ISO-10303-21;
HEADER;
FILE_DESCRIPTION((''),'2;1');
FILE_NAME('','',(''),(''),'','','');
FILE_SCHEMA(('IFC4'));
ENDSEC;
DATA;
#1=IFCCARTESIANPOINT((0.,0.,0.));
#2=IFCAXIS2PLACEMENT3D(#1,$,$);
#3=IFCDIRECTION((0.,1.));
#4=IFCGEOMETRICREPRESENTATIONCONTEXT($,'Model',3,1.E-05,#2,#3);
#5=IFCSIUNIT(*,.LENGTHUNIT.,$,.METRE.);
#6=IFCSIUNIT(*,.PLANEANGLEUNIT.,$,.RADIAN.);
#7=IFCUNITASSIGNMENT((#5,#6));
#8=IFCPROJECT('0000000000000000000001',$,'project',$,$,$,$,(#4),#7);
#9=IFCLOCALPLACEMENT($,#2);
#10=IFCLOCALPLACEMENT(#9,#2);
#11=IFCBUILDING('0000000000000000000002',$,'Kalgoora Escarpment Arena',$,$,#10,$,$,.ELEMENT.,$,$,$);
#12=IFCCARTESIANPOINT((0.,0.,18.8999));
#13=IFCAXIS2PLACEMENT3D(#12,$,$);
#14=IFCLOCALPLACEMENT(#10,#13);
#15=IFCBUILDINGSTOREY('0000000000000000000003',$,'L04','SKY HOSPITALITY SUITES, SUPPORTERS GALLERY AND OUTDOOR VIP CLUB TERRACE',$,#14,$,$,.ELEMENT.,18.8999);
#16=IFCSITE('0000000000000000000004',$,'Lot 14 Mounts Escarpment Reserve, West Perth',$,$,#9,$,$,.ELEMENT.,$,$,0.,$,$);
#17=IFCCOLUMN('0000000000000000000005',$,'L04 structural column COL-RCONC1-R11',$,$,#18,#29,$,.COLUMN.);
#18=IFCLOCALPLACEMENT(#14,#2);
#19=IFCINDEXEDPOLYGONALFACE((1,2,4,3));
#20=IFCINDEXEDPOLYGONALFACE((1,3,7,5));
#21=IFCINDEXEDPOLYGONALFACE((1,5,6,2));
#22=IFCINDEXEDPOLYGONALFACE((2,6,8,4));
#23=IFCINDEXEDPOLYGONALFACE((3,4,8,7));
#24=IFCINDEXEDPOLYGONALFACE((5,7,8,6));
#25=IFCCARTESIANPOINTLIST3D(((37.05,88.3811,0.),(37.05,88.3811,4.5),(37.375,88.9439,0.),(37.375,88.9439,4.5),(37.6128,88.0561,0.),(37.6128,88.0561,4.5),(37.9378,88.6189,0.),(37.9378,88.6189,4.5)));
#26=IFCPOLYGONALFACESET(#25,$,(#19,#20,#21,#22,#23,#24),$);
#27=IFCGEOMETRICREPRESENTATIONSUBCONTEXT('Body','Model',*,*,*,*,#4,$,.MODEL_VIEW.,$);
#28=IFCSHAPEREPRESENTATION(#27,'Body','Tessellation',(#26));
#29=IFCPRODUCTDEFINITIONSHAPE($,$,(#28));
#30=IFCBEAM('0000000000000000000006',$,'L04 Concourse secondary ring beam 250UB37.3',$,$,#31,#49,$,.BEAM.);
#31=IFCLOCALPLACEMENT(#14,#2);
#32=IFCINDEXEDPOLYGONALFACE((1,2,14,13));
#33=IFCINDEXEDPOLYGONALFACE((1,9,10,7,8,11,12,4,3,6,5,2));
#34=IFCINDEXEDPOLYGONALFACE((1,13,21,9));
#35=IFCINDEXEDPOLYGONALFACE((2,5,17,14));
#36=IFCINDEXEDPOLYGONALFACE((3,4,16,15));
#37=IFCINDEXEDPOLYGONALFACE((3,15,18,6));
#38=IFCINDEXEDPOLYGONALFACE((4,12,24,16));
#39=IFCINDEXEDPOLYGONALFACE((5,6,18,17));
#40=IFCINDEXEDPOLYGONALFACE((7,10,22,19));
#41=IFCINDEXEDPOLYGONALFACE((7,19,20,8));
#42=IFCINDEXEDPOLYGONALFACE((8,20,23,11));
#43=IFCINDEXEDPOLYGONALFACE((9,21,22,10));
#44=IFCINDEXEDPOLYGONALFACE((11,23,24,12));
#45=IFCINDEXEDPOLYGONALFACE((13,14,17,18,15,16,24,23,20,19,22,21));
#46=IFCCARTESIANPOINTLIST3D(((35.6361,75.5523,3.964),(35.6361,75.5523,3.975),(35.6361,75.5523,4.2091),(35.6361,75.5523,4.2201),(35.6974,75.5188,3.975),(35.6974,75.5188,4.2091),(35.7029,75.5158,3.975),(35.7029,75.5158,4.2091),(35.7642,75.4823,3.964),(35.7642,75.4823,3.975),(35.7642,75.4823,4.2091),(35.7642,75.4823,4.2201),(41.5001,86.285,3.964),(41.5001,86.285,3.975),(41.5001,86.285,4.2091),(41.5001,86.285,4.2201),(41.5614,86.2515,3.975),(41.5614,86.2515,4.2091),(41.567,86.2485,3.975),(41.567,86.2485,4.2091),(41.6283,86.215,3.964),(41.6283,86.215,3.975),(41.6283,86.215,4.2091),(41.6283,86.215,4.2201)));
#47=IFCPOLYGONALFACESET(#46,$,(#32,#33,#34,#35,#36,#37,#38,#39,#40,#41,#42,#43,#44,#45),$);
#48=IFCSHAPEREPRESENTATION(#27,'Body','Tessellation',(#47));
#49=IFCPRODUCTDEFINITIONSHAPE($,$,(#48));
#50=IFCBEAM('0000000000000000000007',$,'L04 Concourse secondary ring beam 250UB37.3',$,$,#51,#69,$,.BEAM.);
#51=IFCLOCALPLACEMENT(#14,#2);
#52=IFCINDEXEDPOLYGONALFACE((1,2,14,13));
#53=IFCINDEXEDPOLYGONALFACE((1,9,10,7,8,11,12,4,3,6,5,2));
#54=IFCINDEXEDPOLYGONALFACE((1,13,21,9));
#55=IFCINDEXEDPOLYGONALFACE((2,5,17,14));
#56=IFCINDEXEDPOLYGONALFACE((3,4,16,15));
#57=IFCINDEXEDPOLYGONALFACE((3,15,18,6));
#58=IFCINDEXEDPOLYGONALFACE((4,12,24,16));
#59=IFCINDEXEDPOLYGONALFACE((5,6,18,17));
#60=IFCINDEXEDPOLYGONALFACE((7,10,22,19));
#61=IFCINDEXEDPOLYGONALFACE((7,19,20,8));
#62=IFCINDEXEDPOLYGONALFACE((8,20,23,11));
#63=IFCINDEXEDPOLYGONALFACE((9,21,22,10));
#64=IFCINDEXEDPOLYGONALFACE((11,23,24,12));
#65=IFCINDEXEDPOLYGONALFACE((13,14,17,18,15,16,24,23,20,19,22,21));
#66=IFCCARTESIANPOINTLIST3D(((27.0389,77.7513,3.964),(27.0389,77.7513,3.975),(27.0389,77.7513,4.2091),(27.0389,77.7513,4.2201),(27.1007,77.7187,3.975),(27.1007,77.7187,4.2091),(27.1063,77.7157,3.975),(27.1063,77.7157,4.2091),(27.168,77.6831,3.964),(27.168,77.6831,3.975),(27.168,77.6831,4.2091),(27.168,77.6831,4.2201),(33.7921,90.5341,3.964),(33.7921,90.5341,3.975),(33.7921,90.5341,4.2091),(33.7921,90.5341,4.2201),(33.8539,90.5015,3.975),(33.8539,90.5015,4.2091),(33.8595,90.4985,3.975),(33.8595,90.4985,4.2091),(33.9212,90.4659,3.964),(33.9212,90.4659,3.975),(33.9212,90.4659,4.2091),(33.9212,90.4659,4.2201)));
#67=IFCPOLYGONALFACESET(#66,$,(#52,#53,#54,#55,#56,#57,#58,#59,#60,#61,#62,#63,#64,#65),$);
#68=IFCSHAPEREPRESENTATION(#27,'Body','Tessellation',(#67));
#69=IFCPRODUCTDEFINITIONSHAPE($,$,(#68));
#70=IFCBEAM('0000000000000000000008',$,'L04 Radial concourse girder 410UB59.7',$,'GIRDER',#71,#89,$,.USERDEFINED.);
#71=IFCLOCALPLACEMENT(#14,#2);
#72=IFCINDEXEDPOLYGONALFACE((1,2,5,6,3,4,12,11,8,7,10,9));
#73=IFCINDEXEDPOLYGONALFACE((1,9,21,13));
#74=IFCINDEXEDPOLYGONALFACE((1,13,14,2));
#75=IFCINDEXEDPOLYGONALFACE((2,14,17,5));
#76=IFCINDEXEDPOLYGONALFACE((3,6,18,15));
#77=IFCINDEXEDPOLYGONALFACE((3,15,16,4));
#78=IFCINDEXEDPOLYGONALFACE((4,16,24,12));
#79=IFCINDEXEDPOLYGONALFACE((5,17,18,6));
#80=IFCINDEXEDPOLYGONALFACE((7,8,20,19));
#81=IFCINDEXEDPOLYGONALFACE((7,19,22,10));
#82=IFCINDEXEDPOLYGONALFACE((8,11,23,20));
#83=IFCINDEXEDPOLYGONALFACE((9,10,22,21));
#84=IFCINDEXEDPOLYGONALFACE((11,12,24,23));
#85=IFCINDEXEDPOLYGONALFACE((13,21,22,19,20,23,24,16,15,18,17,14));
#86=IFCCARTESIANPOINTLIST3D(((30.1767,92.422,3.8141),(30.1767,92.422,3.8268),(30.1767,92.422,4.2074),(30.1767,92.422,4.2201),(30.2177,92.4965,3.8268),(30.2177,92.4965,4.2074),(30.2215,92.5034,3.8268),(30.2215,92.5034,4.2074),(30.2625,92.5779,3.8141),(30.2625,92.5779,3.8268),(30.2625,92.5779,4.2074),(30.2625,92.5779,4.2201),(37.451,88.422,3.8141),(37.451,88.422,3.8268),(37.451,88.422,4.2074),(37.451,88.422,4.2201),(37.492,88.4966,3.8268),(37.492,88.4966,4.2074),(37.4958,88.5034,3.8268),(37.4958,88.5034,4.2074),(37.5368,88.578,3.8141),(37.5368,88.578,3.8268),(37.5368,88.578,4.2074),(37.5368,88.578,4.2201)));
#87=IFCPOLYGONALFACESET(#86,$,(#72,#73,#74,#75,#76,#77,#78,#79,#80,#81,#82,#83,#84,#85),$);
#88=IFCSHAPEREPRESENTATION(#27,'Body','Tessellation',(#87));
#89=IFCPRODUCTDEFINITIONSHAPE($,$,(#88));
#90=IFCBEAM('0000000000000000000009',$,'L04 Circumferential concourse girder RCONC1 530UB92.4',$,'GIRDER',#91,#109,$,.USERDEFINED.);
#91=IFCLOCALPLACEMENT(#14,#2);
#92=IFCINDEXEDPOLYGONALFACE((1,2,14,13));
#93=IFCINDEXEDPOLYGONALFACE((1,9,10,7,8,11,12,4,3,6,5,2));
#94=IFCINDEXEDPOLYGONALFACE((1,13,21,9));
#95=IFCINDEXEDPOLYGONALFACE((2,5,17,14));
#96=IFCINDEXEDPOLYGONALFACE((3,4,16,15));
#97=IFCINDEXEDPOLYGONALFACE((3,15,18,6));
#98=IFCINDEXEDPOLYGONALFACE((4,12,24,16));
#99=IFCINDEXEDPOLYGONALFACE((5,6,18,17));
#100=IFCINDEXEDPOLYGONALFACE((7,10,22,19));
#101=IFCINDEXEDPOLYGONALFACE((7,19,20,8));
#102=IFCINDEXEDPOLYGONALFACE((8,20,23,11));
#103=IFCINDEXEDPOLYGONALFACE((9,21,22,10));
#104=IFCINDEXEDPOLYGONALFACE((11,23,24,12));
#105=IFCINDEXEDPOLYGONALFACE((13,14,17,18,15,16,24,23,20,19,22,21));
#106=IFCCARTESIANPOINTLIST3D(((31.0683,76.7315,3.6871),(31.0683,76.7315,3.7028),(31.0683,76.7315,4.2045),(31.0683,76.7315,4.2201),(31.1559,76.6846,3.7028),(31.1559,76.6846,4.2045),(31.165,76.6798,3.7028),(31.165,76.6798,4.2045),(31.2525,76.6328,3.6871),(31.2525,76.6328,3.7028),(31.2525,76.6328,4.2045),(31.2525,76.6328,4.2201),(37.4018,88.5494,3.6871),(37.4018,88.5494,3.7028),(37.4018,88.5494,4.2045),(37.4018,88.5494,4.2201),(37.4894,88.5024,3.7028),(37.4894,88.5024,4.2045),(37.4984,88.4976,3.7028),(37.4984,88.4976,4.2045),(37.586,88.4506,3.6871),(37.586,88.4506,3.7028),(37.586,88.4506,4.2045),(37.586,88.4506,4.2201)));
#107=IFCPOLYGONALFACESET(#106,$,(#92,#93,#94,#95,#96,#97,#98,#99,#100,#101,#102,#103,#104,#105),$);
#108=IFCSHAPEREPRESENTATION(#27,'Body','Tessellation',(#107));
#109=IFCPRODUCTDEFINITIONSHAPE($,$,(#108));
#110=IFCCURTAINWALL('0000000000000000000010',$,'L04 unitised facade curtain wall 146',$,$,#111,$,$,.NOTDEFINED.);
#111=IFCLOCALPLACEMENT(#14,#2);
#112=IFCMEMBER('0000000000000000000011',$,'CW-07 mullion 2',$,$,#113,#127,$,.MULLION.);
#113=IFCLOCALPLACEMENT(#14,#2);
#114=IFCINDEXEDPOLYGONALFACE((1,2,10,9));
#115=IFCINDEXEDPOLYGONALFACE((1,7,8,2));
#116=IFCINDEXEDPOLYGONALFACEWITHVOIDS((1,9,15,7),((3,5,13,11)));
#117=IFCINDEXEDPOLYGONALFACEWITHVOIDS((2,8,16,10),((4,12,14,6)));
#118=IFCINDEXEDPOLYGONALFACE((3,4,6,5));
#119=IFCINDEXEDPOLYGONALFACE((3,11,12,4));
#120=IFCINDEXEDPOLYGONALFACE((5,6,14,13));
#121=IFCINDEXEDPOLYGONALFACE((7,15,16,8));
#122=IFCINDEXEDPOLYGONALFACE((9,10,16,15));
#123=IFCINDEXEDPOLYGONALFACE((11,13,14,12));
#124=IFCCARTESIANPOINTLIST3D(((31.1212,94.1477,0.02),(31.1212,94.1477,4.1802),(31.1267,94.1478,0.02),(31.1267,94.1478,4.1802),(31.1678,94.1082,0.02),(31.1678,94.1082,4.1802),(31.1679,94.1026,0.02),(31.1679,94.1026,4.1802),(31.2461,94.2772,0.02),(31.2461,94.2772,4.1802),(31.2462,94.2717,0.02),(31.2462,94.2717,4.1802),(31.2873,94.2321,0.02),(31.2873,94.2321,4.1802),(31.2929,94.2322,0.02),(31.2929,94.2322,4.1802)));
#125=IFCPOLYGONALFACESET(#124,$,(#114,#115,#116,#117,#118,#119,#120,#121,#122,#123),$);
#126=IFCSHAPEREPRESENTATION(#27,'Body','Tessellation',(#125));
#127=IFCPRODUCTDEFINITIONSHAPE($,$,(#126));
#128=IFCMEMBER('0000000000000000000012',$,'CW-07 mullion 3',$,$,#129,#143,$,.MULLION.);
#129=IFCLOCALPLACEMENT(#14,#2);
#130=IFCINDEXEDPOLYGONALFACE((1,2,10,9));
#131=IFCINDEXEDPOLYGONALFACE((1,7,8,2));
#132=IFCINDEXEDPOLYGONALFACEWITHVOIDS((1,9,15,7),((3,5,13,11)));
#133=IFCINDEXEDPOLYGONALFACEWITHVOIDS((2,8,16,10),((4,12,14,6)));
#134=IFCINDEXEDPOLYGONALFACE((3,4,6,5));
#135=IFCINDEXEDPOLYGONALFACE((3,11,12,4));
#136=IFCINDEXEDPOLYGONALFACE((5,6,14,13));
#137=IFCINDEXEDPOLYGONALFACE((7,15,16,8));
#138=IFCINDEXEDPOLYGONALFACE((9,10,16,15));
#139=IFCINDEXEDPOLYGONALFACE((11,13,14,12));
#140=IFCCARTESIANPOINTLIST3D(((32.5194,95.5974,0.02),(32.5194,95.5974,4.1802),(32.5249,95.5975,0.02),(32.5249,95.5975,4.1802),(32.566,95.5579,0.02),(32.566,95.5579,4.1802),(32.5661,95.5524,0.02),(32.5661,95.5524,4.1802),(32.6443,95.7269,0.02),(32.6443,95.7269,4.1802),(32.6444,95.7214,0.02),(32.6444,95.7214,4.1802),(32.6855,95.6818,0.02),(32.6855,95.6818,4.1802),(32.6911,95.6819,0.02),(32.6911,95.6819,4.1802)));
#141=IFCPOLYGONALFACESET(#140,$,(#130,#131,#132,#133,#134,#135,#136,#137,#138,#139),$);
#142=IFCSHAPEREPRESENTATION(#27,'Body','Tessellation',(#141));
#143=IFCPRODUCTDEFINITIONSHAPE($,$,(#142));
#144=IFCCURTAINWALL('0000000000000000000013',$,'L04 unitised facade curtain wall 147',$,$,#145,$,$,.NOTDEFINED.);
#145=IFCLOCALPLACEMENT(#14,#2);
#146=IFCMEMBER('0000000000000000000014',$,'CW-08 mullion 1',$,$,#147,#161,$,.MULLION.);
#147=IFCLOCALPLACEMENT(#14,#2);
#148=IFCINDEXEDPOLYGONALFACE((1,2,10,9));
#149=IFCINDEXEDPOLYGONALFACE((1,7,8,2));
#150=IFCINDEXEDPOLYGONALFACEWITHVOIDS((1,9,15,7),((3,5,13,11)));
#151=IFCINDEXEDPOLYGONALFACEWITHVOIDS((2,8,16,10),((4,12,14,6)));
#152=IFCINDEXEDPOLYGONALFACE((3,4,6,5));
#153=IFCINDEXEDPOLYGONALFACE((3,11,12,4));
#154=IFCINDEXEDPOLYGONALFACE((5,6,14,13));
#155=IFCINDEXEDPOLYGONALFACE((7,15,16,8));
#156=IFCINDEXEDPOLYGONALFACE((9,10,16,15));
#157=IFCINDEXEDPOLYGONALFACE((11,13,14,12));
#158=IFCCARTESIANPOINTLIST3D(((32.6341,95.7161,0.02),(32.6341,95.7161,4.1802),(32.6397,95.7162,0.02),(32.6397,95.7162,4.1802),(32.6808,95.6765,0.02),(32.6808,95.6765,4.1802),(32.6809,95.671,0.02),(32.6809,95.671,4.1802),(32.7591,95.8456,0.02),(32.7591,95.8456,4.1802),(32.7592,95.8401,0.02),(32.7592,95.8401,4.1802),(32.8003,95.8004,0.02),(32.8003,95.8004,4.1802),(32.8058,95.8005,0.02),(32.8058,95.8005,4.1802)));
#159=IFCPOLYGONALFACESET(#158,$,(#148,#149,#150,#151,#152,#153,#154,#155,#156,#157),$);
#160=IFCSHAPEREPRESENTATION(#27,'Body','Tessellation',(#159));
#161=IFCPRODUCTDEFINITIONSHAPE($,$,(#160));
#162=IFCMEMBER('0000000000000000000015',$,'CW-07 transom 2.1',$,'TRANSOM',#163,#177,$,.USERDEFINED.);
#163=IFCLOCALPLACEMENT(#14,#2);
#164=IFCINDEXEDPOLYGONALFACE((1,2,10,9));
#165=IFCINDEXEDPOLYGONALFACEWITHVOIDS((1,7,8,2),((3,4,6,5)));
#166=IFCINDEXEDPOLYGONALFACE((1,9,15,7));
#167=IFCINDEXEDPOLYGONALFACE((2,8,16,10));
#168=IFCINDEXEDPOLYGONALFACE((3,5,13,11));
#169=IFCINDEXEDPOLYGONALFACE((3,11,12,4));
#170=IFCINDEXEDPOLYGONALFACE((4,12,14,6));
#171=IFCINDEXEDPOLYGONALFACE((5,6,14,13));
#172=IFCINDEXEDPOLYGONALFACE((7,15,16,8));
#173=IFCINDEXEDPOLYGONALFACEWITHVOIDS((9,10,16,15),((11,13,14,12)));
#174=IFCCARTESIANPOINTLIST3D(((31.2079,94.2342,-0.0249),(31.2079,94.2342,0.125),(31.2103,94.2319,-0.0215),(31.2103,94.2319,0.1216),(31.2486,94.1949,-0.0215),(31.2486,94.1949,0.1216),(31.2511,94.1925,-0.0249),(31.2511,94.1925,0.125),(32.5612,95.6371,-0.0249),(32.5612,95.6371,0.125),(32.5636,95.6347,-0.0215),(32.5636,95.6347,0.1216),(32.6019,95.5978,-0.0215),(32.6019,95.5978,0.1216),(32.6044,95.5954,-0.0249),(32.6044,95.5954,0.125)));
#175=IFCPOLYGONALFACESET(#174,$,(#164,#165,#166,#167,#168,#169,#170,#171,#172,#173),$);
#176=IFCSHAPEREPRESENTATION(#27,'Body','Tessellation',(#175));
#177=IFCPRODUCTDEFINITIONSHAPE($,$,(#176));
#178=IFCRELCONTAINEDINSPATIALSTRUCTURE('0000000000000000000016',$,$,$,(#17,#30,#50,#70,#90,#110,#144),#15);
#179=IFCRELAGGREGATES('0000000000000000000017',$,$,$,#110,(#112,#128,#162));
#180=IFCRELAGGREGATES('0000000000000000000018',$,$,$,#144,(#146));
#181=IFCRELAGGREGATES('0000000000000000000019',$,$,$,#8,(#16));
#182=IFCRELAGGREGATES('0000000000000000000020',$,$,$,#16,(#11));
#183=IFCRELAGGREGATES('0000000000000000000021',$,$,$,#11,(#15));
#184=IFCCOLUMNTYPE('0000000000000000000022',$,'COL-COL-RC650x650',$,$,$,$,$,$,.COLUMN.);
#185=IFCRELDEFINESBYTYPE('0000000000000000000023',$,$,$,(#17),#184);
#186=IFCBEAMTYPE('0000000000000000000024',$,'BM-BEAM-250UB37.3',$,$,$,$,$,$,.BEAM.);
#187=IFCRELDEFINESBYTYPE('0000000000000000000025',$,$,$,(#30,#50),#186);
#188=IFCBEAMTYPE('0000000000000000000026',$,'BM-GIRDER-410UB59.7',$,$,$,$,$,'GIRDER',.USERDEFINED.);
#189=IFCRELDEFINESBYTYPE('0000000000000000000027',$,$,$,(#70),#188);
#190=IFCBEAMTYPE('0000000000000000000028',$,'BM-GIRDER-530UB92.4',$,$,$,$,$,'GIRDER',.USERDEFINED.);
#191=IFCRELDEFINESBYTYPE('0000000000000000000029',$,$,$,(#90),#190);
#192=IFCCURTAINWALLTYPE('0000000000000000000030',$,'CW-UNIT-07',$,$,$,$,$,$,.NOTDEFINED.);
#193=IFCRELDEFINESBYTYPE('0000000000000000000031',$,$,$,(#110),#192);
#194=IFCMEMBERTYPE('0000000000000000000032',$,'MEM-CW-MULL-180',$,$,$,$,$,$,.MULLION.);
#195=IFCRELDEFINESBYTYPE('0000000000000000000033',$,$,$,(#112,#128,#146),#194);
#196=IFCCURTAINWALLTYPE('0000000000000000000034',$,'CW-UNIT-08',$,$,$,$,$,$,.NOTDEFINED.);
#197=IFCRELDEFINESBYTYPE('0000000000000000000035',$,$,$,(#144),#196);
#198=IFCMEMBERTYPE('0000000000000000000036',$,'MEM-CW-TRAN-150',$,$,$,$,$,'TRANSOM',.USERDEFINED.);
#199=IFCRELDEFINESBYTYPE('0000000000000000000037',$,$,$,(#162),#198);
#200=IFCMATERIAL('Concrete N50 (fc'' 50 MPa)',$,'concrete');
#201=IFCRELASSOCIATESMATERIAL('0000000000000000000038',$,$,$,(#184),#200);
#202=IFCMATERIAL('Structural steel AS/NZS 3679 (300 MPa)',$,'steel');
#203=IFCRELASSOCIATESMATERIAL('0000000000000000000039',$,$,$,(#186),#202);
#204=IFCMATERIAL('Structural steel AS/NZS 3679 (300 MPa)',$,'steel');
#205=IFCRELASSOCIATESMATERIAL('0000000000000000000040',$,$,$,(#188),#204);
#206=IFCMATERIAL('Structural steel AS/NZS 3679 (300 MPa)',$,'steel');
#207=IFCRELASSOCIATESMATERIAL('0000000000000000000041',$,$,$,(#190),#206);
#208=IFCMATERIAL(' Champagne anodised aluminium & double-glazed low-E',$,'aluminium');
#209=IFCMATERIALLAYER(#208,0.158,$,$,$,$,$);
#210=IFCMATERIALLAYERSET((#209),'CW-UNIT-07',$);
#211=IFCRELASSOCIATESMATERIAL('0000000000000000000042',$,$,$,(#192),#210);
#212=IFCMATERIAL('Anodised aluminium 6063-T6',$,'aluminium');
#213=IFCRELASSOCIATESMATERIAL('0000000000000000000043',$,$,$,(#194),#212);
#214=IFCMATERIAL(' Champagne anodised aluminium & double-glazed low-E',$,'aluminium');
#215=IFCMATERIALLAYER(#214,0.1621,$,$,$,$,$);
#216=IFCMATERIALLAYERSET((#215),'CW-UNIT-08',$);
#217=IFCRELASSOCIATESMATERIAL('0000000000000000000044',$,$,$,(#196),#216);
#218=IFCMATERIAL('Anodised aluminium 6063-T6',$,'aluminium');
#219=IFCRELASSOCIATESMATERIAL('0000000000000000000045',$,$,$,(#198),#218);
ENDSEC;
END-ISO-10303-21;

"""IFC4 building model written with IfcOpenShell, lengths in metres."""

from ifc_helpers import new_model, si_unit, direction, frame, origin, origin_2d, place, context, subcontext, project, spatial, rectangle, hollow_rectangle, i_section, extrude, material, layer, layer_set, material_profile, profile_set, type_object, element, aggregate, save


model = new_model("IFC4")

# Units and contexts
model_context = context("Model", 3, precision=1e-05, world=origin(), true_north=direction((0.0, 1.0)))
body_context = subcontext(model_context, "Body", "Model", "MODEL_VIEW")
ifc_project = project(units=[si_unit("LENGTHUNIT", "METRE"), si_unit("PLANEANGLEUNIT", "RADIAN")], contexts=[model_context])

# Site, building, storey
site_placement = place(None, origin())
site = spatial("IfcSite", under=ifc_project, at=site_placement, Name="Lot 14 Mounts Escarpment Reserve, West Perth", CompositionType="ELEMENT", RefElevation=0.0)
building_placement = place(site_placement, origin())
building = spatial("IfcBuilding", under=site, at=building_placement, Name="Kalgoora Escarpment Arena", CompositionType="ELEMENT")
storey_placement = place(building_placement, frame((0.0, 0.0, 18.8999)))
storey = spatial("IfcBuildingStorey", under=building, at=storey_placement, Name="L04", Description="SKY HOSPITALITY SUITES, SUPPORTERS GALLERY AND OUTDOOR VIP CLUB TERRACE", CompositionType="ELEMENT", Elevation=18.8999)

# Column
ifc_material_1 = material(Name="Concrete N50 (fc' 50 MPa)", Category="concrete")
ifc_material_profile_1 = material_profile(ifc_material_1, rectangle(XDim=0.6499, YDim=0.6499, at=origin_2d()))
ifc_profile_set_1 = profile_set([ifc_material_profile_1], Name="Concrete N50 (fc' 50 MPa)")
column_type = type_object("IfcColumnType", Name="COL-COL-RC650x650", PredefinedType="COLUMN", material=ifc_profile_set_1)
column_placement = place(storey_placement, frame((37.4939, 88.5, 0.0), z_axis=(0.0, 0.0, 1.0), x_axis=(-0.866025, 0.5, 0.0)))
element("IfcColumn", 1, at=column_placement, inside=storey, type_object=column_type, Name="L04 structural column COL-RCONC1-R11", PredefinedType="COLUMN", context=body_context, shape_type="SweptSolid", body=[
    extrude(rectangle(XDim=0.6499, YDim=0.6499, at=origin_2d()), origin(), (0.0, 0.0, 1.0), 4.5),
])

# Beams
ifc_material_2 = material(Name="Structural steel AS/NZS 3679 (300 MPa)", Category="steel")
ifc_material_profile_2 = material_profile(ifc_material_2, i_section(OverallWidth=0.146, OverallDepth=0.2561, WebThickness=0.0063, FlangeThickness=0.011, at=origin_2d()))
ifc_profile_set_2 = profile_set([ifc_material_profile_2], Name="Structural steel AS/NZS 3679 (300 MPa)")
beam_type_1 = type_object("IfcBeamType", Name="BM-BEAM-250UB37.3", PredefinedType="BEAM", material=ifc_profile_set_2)
beam_1_placement = place(storey_placement, frame((41.5642, 86.25, 4.092), z_axis=(-0.479472, -0.877557, 0.0), x_axis=(0.877557, -0.479472, 0.0)))
element("IfcBeam", 2, at=beam_1_placement, inside=storey, type_object=beam_type_1, Name="L04 Concourse secondary ring beam 250UB37.3", PredefinedType="BEAM", context=body_context, shape_type="SweptSolid", body=[
    extrude(i_section(OverallWidth=0.146, OverallDepth=0.2561, WebThickness=0.0063, FlangeThickness=0.011, at=origin_2d()), origin(), (0.0, 0.0, 1.0), 12.2302),
])
beam_2_placement = place(storey_placement, frame((33.8567, 90.5, 4.092), z_axis=(-0.467123, -0.884192, 0.0), x_axis=(0.884192, -0.467123, 0.0)))
element("IfcBeam", 3, at=beam_2_placement, inside=storey, type_object=beam_type_1, Name="L04 Concourse secondary ring beam 250UB37.3", PredefinedType="BEAM", context=body_context, shape_type="SweptSolid", body=[
    extrude(i_section(OverallWidth=0.146, OverallDepth=0.2561, WebThickness=0.0063, FlangeThickness=0.011, at=origin_2d()), origin(), (0.0, 0.0, 1.0), 14.457),
])
ifc_material_3 = material(Name="Structural steel AS/NZS 3679 (300 MPa)", Category="steel")
ifc_material_profile_3 = material_profile(ifc_material_3, i_section(OverallWidth=0.178, OverallDepth=0.406, WebThickness=0.0078, FlangeThickness=0.0127, at=origin_2d()))
ifc_profile_set_3 = profile_set([ifc_material_profile_3], Name="Structural steel AS/NZS 3679 (300 MPa)")
beam_type_2 = type_object("IfcBeamType", Name="BM-GIRDER-410UB59.7", ElementType="GIRDER", PredefinedType="USERDEFINED", material=ifc_profile_set_3)
beam_3_placement = place(storey_placement, frame((37.4939, 88.5, 4.0171), z_axis=(-0.876263, 0.481833, 0.0), x_axis=(-0.481833, -0.876263, 0.0)))
element("IfcBeam", 4, at=beam_3_placement, inside=storey, type_object=beam_type_2, Name="L04 Radial concourse girder 410UB59.7", ObjectType="GIRDER", PredefinedType="USERDEFINED", context=body_context, shape_type="SweptSolid", body=[
    extrude(i_section(OverallWidth=0.178, OverallDepth=0.406, WebThickness=0.0078, FlangeThickness=0.0127, at=origin_2d()), origin(), (0.0, 0.0, 1.0), 8.3015),
])
ifc_material_4 = material(Name="Structural steel AS/NZS 3679 (300 MPa)", Category="steel")
ifc_material_profile_4 = material_profile(ifc_material_4, i_section(OverallWidth=0.209, OverallDepth=0.533, WebThickness=0.0103, FlangeThickness=0.0156, at=origin_2d()))
ifc_profile_set_4 = profile_set([ifc_material_profile_4], Name="Structural steel AS/NZS 3679 (300 MPa)")
beam_type_3 = type_object("IfcBeamType", Name="BM-GIRDER-530UB92.4", ElementType="GIRDER", PredefinedType="USERDEFINED", material=ifc_profile_set_4)
beam_4_placement = place(storey_placement, frame((37.4939, 88.5, 3.9536), z_axis=(-0.472366, -0.881403, 0.0), x_axis=(0.881403, -0.472366, 0.0)))
element("IfcBeam", 5, at=beam_4_placement, inside=storey, type_object=beam_type_3, Name="L04 Circumferential concourse girder RCONC1 530UB92.4", ObjectType="GIRDER", PredefinedType="USERDEFINED", context=body_context, shape_type="SweptSolid", body=[
    extrude(i_section(OverallWidth=0.209, OverallDepth=0.533, WebThickness=0.0103, FlangeThickness=0.0156, at=origin_2d()), origin(), (0.0, 0.0, 1.0), 13.408),
])

# Curtain wall, members
ifc_material_5 = material(Name=" Champagne anodised aluminium & double-glazed low-E", Category="aluminium")
ifc_layer_1 = layer(ifc_material_5, 0.158)
ifc_layer_set_1 = layer_set([ifc_layer_1], Name="CW-UNIT-07")
curtain_wall_type_1 = type_object("IfcCurtainWallType", Name="CW-UNIT-07", PredefinedType="NOTDEFINED", material=ifc_layer_set_1)
curtain_wall_1_placement = place(storey_placement, origin())
curtain_wall_1 = element("IfcCurtainWall", 6, at=curtain_wall_1_placement, inside=storey, type_object=curtain_wall_type_1, Name="L04 unitised facade curtain wall 146", PredefinedType="NOTDEFINED")
ifc_material_6 = material(Name="Anodised aluminium 6063-T6", Category="aluminium")
ifc_material_profile_5 = material_profile(ifc_material_6, hollow_rectangle(XDim=0.0649, YDim=0.1799, WallThickness=0.0039, at=origin_2d()))
ifc_profile_set_5 = profile_set([ifc_material_profile_5], Name="Anodised aluminium 6063-T6")
member_type_1 = type_object("IfcMemberType", Name="MEM-CW-MULL-180", PredefinedType="MULLION", material=ifc_profile_set_5)
member_1_placement = place(storey_placement, frame((31.207, 94.1899, 0.02), z_axis=(0.0, 0.0, 1.0), x_axis=(-0.71978, 0.694202, 0.0)))
member_1 = element("IfcMember", 7, at=member_1_placement, type_object=member_type_1, Name="CW-07 mullion 2", PredefinedType="MULLION", context=body_context, shape_type="SweptSolid", body=[
    extrude(hollow_rectangle(XDim=0.0649, YDim=0.1799, WallThickness=0.0039, at=origin_2d()), origin(), (0.0, 0.0, 1.0), 4.1602),
])
member_2_placement = place(storey_placement, frame((32.6052, 95.6396, 0.02), z_axis=(0.0, 0.0, 1.0), x_axis=(-0.71978, 0.694202, 0.0)))
member_2 = element("IfcMember", 8, at=member_2_placement, type_object=member_type_1, Name="CW-07 mullion 3", PredefinedType="MULLION", context=body_context, shape_type="SweptSolid", body=[
    extrude(hollow_rectangle(XDim=0.0649, YDim=0.1799, WallThickness=0.0039, at=origin_2d()), origin(), (0.0, 0.0, 1.0), 4.1602),
])

# Curtain wall, member
ifc_material_7 = material(Name=" Champagne anodised aluminium & double-glazed low-E", Category="aluminium")
ifc_layer_2 = layer(ifc_material_7, 0.1621)
ifc_layer_set_2 = layer_set([ifc_layer_2], Name="CW-UNIT-08")
curtain_wall_type_2 = type_object("IfcCurtainWallType", Name="CW-UNIT-08", PredefinedType="NOTDEFINED", material=ifc_layer_set_2)
curtain_wall_2_placement = place(storey_placement, origin())
curtain_wall_2 = element("IfcCurtainWall", 9, at=curtain_wall_2_placement, inside=storey, type_object=curtain_wall_type_2, Name="L04 unitised facade curtain wall 147", PredefinedType="NOTDEFINED")
member_3_placement = place(storey_placement, frame((32.72, 95.7583, 0.02), z_axis=(0.0, 0.0, 1.0), x_axis=(-0.719777, 0.694205, 0.0)))
member_3 = element("IfcMember", 10, at=member_3_placement, type_object=member_type_1, Name="CW-08 mullion 1", PredefinedType="MULLION", context=body_context, shape_type="SweptSolid", body=[
    extrude(hollow_rectangle(XDim=0.0649, YDim=0.1799, WallThickness=0.0039, at=origin_2d()), origin(), (0.0, 0.0, 1.0), 4.1602),
])

# Member
ifc_material_8 = material(Name="Anodised aluminium 6063-T6", Category="aluminium")
ifc_material_profile_6 = material_profile(ifc_material_8, hollow_rectangle(XDim=0.0601, YDim=0.1499, WallThickness=0.0034, at=origin_2d()))
ifc_profile_set_6 = profile_set([ifc_material_profile_6], Name="Anodised aluminium 6063-T6")
member_type_2 = type_object("IfcMemberType", Name="MEM-CW-TRAN-150", ElementType="TRANSOM", PredefinedType="USERDEFINED", material=ifc_profile_set_6)
member_4_placement = place(storey_placement, frame((31.2295, 94.2134, 0.05), z_axis=(0.694279, 0.719706, 0.0), x_axis=(-0.719706, 0.694279, 0.0)))
member_4 = element("IfcMember", 11, at=member_4_placement, type_object=member_type_2, Name="CW-07 transom 2.1", ObjectType="TRANSOM", PredefinedType="USERDEFINED", context=body_context, shape_type="SweptSolid", body=[
    extrude(hollow_rectangle(XDim=0.0601, YDim=0.1499, WallThickness=0.0034, at=origin_2d()), origin(), (0.0, 0.0, 1.0), 1.9492),
])

aggregate(curtain_wall_1, [member_1, member_2, member_4])
aggregate(curtain_wall_2, [member_3])

save(model, "model.ifc")
